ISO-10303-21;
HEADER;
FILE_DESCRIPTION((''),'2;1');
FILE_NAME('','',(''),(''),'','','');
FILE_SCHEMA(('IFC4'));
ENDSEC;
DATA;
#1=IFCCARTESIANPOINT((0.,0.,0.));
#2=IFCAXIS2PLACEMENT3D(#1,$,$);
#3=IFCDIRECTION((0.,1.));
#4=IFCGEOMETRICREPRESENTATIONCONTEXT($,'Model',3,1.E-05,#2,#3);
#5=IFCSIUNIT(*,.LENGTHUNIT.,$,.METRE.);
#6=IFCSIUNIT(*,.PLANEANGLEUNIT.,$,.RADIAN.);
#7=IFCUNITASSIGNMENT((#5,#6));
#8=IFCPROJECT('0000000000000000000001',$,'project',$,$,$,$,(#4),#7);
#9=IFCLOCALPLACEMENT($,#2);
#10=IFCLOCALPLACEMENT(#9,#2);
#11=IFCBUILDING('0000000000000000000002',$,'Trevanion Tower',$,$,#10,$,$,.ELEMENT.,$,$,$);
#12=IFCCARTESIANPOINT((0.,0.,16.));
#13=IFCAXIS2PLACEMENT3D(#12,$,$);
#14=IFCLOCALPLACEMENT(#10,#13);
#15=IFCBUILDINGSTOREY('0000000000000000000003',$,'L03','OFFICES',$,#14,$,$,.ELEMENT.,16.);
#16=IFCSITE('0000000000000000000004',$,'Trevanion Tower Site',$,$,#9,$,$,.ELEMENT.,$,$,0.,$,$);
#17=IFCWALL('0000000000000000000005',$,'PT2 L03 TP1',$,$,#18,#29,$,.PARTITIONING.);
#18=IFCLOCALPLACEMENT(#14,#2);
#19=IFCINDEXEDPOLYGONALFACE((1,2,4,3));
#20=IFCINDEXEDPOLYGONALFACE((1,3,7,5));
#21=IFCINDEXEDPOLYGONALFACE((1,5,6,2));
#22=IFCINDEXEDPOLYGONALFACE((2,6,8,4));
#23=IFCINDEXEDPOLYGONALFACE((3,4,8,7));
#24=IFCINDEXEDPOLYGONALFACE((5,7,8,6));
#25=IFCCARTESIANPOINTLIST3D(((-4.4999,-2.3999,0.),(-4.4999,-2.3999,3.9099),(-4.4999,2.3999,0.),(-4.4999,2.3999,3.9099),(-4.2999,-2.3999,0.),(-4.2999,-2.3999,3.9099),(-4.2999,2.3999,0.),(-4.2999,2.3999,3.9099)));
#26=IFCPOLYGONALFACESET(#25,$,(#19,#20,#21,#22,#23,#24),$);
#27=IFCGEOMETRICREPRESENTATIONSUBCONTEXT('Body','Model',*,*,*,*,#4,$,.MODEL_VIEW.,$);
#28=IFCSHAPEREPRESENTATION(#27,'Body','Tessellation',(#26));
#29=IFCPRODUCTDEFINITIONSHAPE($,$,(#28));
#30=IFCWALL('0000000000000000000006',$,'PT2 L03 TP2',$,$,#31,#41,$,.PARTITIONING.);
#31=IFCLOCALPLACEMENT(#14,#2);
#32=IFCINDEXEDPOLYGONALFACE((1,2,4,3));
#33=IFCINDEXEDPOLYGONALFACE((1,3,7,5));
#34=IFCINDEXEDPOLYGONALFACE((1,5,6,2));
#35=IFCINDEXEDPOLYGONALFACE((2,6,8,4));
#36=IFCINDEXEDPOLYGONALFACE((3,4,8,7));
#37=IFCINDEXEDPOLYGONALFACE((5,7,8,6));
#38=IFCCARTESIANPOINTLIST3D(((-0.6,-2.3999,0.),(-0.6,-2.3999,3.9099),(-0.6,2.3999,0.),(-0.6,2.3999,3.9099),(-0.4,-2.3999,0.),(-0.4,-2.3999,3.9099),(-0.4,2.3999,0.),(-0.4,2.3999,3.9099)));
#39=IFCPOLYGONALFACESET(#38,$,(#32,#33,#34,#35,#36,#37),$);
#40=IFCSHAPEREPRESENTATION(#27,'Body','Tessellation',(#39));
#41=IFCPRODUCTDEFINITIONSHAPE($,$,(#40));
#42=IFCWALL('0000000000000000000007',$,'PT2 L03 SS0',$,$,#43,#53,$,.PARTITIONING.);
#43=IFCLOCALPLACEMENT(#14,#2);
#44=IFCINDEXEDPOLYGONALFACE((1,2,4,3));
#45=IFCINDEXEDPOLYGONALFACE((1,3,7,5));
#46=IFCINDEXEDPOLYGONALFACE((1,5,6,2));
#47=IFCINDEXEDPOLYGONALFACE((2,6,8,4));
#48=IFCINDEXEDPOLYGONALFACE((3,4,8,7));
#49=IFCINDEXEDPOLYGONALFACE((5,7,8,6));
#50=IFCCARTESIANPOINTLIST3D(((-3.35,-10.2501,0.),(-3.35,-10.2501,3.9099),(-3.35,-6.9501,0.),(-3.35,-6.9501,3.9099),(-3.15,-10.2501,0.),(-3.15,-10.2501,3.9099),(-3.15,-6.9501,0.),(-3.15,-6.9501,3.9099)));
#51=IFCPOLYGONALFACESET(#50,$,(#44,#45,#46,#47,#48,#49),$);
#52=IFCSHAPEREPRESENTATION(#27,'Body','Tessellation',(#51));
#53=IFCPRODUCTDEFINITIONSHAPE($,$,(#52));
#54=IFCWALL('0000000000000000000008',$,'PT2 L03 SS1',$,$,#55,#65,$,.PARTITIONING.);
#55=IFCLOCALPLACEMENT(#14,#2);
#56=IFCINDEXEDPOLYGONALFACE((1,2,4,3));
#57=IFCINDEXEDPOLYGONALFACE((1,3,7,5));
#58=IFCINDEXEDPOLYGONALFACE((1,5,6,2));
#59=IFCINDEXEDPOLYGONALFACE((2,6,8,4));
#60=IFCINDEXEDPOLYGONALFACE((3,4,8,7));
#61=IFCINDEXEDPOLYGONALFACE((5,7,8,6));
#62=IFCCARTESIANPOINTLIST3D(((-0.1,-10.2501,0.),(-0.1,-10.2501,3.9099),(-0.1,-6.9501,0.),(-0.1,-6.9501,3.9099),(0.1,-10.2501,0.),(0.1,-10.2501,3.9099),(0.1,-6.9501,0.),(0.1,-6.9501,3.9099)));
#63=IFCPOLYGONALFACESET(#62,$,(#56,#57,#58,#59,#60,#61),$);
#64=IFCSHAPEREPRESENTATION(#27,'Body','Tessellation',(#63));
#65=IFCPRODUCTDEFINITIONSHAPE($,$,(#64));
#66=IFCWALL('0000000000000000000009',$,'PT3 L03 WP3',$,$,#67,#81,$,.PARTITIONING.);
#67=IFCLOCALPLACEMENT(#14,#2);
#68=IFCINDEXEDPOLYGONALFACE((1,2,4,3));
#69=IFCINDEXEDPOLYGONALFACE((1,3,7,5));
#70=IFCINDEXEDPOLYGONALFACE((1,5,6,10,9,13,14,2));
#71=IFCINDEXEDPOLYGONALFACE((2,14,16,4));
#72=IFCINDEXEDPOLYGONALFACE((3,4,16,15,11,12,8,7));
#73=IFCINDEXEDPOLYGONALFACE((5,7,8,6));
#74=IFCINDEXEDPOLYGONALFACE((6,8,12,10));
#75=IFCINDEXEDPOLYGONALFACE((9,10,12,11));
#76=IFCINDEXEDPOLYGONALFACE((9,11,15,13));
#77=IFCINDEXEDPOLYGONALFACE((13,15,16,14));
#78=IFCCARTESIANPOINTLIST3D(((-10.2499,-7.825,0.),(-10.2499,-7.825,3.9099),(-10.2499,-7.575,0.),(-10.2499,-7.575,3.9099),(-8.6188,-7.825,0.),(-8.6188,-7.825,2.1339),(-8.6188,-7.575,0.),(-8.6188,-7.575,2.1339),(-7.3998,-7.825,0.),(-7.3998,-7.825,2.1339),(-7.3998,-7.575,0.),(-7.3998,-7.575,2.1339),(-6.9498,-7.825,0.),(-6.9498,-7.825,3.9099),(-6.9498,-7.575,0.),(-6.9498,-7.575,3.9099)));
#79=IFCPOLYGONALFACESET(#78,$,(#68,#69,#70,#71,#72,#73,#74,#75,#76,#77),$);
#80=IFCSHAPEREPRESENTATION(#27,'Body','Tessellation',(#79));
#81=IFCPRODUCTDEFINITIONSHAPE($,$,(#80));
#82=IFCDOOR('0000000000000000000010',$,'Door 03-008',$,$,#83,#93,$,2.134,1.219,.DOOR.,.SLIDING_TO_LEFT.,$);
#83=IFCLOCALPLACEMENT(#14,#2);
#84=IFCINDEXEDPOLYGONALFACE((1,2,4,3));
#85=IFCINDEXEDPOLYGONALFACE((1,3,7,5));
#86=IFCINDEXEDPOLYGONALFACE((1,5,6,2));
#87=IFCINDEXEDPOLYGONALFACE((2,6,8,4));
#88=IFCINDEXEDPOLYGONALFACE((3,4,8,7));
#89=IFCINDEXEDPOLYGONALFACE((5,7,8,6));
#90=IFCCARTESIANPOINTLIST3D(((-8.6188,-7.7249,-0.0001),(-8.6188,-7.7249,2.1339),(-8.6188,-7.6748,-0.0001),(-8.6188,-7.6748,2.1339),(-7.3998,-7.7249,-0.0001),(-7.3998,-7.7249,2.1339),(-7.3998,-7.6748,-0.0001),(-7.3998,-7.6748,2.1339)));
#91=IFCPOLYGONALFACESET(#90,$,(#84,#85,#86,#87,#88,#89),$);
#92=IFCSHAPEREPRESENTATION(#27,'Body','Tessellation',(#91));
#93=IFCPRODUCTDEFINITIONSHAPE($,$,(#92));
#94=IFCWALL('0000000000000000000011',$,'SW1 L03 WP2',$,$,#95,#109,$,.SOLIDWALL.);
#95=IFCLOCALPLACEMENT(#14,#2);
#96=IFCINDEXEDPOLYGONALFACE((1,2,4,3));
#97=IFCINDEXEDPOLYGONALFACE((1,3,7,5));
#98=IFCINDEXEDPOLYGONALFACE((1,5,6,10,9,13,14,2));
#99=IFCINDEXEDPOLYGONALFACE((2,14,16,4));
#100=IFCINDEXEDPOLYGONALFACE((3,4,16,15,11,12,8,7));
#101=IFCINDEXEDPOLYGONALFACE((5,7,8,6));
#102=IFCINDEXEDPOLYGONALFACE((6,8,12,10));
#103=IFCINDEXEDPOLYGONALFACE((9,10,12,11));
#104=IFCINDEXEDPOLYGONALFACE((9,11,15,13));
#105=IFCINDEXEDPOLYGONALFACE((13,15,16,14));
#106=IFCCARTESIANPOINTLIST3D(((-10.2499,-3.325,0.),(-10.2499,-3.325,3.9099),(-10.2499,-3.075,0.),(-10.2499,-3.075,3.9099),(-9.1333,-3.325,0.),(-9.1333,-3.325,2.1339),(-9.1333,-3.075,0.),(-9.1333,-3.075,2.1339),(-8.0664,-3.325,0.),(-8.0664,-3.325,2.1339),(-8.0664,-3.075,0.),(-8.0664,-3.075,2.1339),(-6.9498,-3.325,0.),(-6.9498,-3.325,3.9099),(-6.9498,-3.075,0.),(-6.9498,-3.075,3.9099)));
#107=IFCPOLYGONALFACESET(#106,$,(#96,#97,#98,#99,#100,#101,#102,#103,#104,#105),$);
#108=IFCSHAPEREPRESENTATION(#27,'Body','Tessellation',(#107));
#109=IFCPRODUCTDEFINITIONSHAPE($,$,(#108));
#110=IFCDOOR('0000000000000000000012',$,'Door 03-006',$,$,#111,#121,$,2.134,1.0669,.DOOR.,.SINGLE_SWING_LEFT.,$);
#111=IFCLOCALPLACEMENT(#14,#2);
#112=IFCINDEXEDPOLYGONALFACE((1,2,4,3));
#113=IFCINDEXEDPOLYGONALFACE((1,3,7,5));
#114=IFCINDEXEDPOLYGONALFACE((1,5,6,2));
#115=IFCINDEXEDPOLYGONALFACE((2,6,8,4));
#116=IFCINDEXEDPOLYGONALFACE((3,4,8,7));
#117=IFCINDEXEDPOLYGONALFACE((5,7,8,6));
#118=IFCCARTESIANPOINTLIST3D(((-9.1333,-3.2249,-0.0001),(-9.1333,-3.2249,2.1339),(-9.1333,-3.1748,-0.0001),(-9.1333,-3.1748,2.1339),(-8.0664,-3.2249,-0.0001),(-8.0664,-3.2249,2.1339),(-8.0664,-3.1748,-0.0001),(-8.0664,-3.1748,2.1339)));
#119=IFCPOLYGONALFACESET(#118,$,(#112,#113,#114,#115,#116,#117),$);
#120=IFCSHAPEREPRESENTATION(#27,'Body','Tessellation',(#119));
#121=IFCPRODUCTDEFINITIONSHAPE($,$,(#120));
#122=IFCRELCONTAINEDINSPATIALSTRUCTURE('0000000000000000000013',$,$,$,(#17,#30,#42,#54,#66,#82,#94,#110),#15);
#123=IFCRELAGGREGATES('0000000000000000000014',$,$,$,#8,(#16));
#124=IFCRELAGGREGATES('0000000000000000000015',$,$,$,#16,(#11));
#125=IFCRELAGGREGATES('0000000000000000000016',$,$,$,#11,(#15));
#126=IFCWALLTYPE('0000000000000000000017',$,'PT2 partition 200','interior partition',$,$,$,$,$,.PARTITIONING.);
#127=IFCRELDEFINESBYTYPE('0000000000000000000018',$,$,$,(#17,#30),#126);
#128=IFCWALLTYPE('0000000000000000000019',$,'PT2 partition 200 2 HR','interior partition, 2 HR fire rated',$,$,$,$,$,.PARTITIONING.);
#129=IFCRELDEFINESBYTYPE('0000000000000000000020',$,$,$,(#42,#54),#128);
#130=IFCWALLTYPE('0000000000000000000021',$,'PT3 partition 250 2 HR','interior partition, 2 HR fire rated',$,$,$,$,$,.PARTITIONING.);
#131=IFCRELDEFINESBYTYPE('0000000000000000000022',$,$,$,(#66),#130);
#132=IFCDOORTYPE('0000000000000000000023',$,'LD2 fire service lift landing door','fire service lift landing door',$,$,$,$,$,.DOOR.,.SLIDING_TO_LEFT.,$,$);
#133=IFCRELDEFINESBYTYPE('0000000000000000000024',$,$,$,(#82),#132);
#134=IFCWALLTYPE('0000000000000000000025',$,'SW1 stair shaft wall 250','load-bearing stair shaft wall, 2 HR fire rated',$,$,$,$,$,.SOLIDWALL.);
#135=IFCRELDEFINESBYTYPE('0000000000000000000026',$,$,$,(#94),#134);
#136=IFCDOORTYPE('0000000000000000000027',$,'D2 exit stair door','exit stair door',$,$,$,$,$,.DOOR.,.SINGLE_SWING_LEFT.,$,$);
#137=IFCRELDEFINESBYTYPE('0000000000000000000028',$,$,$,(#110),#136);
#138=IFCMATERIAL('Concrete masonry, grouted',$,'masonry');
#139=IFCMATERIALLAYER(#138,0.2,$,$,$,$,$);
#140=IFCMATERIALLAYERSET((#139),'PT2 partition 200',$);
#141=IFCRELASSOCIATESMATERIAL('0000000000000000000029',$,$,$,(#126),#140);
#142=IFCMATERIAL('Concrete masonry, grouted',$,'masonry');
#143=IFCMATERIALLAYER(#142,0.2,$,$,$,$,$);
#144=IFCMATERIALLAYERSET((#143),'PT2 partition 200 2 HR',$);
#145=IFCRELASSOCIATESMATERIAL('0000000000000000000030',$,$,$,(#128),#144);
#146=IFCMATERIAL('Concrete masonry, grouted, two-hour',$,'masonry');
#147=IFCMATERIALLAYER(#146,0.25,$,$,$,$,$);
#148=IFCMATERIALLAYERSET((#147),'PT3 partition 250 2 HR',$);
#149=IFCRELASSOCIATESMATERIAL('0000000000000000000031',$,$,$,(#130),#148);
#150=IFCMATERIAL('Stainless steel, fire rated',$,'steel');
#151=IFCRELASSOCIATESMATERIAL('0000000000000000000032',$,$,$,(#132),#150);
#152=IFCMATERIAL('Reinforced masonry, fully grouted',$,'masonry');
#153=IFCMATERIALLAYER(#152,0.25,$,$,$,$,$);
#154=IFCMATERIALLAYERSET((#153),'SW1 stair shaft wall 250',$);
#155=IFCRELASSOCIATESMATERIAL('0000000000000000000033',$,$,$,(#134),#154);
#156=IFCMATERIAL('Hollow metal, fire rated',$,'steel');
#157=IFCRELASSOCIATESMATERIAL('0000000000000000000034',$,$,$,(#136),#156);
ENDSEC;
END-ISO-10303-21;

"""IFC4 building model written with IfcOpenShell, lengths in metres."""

from ifc_helpers import new_model, si_unit, direction, frame, frame_2d, origin, place, context, subcontext, project, spatial, rectangle, extrude, material, layer, layer_set, type_object, element, fill, save


model = new_model("IFC4")

# Units and contexts
model_context = context("Model", 3, precision=1e-05, world=origin(), true_north=direction((0.0, 1.0)))
body_context = subcontext(model_context, "Body", "Model", "MODEL_VIEW")
ifc_project = project(units=[si_unit("LENGTHUNIT", "METRE"), si_unit("PLANEANGLEUNIT", "RADIAN")], contexts=[model_context])

# Site, building, storey
site_placement = place(None, origin())
site = spatial("IfcSite", under=ifc_project, at=site_placement, Name="Trevanion Tower Site", CompositionType="ELEMENT", RefElevation=0.0)
building_placement = place(site_placement, origin())
building = spatial("IfcBuilding", under=site, at=building_placement, Name="Trevanion Tower", CompositionType="ELEMENT")
storey_placement = place(building_placement, frame((0.0, 0.0, 16.0)))
storey = spatial("IfcBuildingStorey", under=building, at=storey_placement, Name="L03", Description="OFFICES", CompositionType="ELEMENT", Elevation=16.0)

# Walls
ifc_material_1 = material(Name="Concrete masonry, grouted", Category="masonry")
ifc_layer_1 = layer(ifc_material_1, 0.2)
ifc_layer_set_1 = layer_set([ifc_layer_1], Name="PT2 partition 200")
wall_type_1 = type_object("IfcWallType", Name="PT2 partition 200", Description="interior partition", PredefinedType="PARTITIONING", material=ifc_layer_set_1)
for number, where, z_axis, x_axis, name in (
    (1, (-4.3999, -2.3999, 0.0), (0.0, 0.0, 1.0), (0.0, 1.0, 0.0), "PT2 L03 TP1"),
    (2, (-0.5, -2.3999, 0.0), (0.0, 0.0, 1.0), (0.0, 1.0, 0.0), "PT2 L03 TP2"),
):
    element("IfcWall", number, at=place(storey_placement, frame(where, z_axis=z_axis, x_axis=x_axis)), inside=storey, type_object=wall_type_1, Name=name, PredefinedType="PARTITIONING", context=body_context, shape_type="SweptSolid", body=[
        extrude(rectangle(XDim=4.7998, YDim=0.2, at=frame_2d((2.3999, 0.0))), origin(), (0.0, 0.0, 1.0), 3.9099),
    ])
ifc_material_2 = material(Name="Concrete masonry, grouted", Category="masonry")
ifc_layer_2 = layer(ifc_material_2, 0.2)
ifc_layer_set_2 = layer_set([ifc_layer_2], Name="PT2 partition 200 2 HR")
wall_type_2 = type_object("IfcWallType", Name="PT2 partition 200 2 HR", Description="interior partition, 2 HR fire rated", PredefinedType="PARTITIONING", material=ifc_layer_set_2)
for number, where, z_axis, x_axis, name in (
    (3, (-3.25, -10.25, 0.0), (0.0, 0.0, 1.0), (0.0, 1.0, 0.0), "PT2 L03 SS0"),
    (4, (0.0, -10.25, 0.0), (0.0, 0.0, 1.0), (0.0, 1.0, 0.0), "PT2 L03 SS1"),
):
    element("IfcWall", number, at=place(storey_placement, frame(where, z_axis=z_axis, x_axis=x_axis)), inside=storey, type_object=wall_type_2, Name=name, PredefinedType="PARTITIONING", context=body_context, shape_type="SweptSolid", body=[
        extrude(rectangle(XDim=3.3, YDim=0.2, at=frame_2d((1.6499, 0.0))), origin(), (0.0, 0.0, 1.0), 3.9099),
    ])

# Walls, openings, doors
ifc_material_3 = material(Name="Concrete masonry, grouted, two-hour", Category="masonry")
ifc_layer_3 = layer(ifc_material_3, 0.25)
ifc_layer_set_3 = layer_set([ifc_layer_3], Name="PT3 partition 250 2 HR")
wall_type_3 = type_object("IfcWallType", Name="PT3 partition 250 2 HR", Description="interior partition, 2 HR fire rated", PredefinedType="PARTITIONING", material=ifc_layer_set_3)
wall_1_placement = place(storey_placement, frame((-6.95, -7.7, 0.0), z_axis=(0.0, 0.0, 1.0), x_axis=(-1.0, 0.0, 0.0)))
wall_1 = element("IfcWall", 5, at=wall_1_placement, inside=storey, type_object=wall_type_3, Name="PT3 L03 WP3", PredefinedType="PARTITIONING", context=body_context, shape_type="SweptSolid", body=[
    extrude(rectangle(XDim=3.3, YDim=0.25, at=frame_2d((1.6499, 0.0))), origin(), (0.0, 0.0, 1.0), 3.9099),
])
opening_1_placement = place(wall_1_placement, frame((0.45, 0.0, 0.0)))
opening_1 = element("IfcOpeningElement", 6, at=opening_1_placement, cuts=wall_1, PredefinedType="OPENING", context=body_context, shape_type="SweptSolid", body=[
    extrude(rectangle(XDim=1.219, YDim=2.134, at=frame_2d((0.6094, 1.0669))), frame((0.0, 0.135, 0.0), z_axis=(0.0, -1.0, 0.0), x_axis=(1.0, 0.0, 0.0)), (0.0, 0.0, 1.0), 0.27),
])
ifc_material_4 = material(Name="Stainless steel, fire rated", Category="steel")
door_type_1 = type_object("IfcDoorType", Name="LD2 fire service lift landing door", Description="fire service lift landing door", OperationType="SLIDING_TO_LEFT", PredefinedType="DOOR", material=ifc_material_4)
door_1_placement = place(opening_1_placement, origin())
door_1 = element("IfcDoor", 7, at=door_1_placement, inside=storey, type_object=door_type_1, Name="Door 03-008", OperationType="SLIDING_TO_LEFT", OverallHeight=2.134, OverallWidth=1.219, PredefinedType="DOOR", context=body_context, shape_type="SweptSolid", body=[
    extrude(rectangle(XDim=1.219, YDim=2.134, at=frame_2d((0.6094, 1.0669))), frame((0.0, 0.0249, 0.0), z_axis=(0.0, -1.0, 0.0), x_axis=(1.0, 0.0, 0.0)), (0.0, 0.0, 1.0), 0.05),
])
fill(opening_1, door_1)
ifc_material_5 = material(Name="Reinforced masonry, fully grouted", Category="masonry")
ifc_layer_4 = layer(ifc_material_5, 0.25)
ifc_layer_set_4 = layer_set([ifc_layer_4], Name="SW1 stair shaft wall 250")
wall_type_4 = type_object("IfcWallType", Name="SW1 stair shaft wall 250", Description="load-bearing stair shaft wall, 2 HR fire rated", PredefinedType="SOLIDWALL", material=ifc_layer_set_4)
wall_2_placement = place(storey_placement, frame((-6.95, -3.2, 0.0), z_axis=(0.0, 0.0, 1.0), x_axis=(-1.0, 0.0, 0.0)))
wall_2 = element("IfcWall", 8, at=wall_2_placement, inside=storey, type_object=wall_type_4, Name="SW1 L03 WP2", PredefinedType="SOLIDWALL", context=body_context, shape_type="SweptSolid", body=[
    extrude(rectangle(XDim=3.3, YDim=0.25, at=frame_2d((1.6499, 0.0))), origin(), (0.0, 0.0, 1.0), 3.9099),
])
opening_2_placement = place(wall_2_placement, frame((1.1165, 0.0, 0.0)))
opening_2 = element("IfcOpeningElement", 9, at=opening_2_placement, cuts=wall_2, PredefinedType="OPENING", context=body_context, shape_type="SweptSolid", body=[
    extrude(rectangle(XDim=1.0669, YDim=2.134, at=frame_2d((0.5334, 1.0669))), frame((0.0, 0.135, 0.0), z_axis=(0.0, -1.0, 0.0), x_axis=(1.0, 0.0, 0.0)), (0.0, 0.0, 1.0), 0.27),
])
ifc_material_6 = material(Name="Hollow metal, fire rated", Category="steel")
door_type_2 = type_object("IfcDoorType", Name="D2 exit stair door", Description="exit stair door", OperationType="SINGLE_SWING_LEFT", PredefinedType="DOOR", material=ifc_material_6)
door_2_placement = place(opening_2_placement, origin())
door_2 = element("IfcDoor", 10, at=door_2_placement, inside=storey, type_object=door_type_2, Name="Door 03-006", OperationType="SINGLE_SWING_LEFT", OverallHeight=2.134, OverallWidth=1.0669, PredefinedType="DOOR", context=body_context, shape_type="SweptSolid", body=[
    extrude(rectangle(XDim=1.0669, YDim=2.134, at=frame_2d((0.5334, 1.0669))), frame((0.0, 0.0249, 0.0), z_axis=(0.0, -1.0, 0.0), x_axis=(1.0, 0.0, 0.0)), (0.0, 0.0, 1.0), 0.05),
])
fill(opening_2, door_2)

save(model, "model.ifc")
